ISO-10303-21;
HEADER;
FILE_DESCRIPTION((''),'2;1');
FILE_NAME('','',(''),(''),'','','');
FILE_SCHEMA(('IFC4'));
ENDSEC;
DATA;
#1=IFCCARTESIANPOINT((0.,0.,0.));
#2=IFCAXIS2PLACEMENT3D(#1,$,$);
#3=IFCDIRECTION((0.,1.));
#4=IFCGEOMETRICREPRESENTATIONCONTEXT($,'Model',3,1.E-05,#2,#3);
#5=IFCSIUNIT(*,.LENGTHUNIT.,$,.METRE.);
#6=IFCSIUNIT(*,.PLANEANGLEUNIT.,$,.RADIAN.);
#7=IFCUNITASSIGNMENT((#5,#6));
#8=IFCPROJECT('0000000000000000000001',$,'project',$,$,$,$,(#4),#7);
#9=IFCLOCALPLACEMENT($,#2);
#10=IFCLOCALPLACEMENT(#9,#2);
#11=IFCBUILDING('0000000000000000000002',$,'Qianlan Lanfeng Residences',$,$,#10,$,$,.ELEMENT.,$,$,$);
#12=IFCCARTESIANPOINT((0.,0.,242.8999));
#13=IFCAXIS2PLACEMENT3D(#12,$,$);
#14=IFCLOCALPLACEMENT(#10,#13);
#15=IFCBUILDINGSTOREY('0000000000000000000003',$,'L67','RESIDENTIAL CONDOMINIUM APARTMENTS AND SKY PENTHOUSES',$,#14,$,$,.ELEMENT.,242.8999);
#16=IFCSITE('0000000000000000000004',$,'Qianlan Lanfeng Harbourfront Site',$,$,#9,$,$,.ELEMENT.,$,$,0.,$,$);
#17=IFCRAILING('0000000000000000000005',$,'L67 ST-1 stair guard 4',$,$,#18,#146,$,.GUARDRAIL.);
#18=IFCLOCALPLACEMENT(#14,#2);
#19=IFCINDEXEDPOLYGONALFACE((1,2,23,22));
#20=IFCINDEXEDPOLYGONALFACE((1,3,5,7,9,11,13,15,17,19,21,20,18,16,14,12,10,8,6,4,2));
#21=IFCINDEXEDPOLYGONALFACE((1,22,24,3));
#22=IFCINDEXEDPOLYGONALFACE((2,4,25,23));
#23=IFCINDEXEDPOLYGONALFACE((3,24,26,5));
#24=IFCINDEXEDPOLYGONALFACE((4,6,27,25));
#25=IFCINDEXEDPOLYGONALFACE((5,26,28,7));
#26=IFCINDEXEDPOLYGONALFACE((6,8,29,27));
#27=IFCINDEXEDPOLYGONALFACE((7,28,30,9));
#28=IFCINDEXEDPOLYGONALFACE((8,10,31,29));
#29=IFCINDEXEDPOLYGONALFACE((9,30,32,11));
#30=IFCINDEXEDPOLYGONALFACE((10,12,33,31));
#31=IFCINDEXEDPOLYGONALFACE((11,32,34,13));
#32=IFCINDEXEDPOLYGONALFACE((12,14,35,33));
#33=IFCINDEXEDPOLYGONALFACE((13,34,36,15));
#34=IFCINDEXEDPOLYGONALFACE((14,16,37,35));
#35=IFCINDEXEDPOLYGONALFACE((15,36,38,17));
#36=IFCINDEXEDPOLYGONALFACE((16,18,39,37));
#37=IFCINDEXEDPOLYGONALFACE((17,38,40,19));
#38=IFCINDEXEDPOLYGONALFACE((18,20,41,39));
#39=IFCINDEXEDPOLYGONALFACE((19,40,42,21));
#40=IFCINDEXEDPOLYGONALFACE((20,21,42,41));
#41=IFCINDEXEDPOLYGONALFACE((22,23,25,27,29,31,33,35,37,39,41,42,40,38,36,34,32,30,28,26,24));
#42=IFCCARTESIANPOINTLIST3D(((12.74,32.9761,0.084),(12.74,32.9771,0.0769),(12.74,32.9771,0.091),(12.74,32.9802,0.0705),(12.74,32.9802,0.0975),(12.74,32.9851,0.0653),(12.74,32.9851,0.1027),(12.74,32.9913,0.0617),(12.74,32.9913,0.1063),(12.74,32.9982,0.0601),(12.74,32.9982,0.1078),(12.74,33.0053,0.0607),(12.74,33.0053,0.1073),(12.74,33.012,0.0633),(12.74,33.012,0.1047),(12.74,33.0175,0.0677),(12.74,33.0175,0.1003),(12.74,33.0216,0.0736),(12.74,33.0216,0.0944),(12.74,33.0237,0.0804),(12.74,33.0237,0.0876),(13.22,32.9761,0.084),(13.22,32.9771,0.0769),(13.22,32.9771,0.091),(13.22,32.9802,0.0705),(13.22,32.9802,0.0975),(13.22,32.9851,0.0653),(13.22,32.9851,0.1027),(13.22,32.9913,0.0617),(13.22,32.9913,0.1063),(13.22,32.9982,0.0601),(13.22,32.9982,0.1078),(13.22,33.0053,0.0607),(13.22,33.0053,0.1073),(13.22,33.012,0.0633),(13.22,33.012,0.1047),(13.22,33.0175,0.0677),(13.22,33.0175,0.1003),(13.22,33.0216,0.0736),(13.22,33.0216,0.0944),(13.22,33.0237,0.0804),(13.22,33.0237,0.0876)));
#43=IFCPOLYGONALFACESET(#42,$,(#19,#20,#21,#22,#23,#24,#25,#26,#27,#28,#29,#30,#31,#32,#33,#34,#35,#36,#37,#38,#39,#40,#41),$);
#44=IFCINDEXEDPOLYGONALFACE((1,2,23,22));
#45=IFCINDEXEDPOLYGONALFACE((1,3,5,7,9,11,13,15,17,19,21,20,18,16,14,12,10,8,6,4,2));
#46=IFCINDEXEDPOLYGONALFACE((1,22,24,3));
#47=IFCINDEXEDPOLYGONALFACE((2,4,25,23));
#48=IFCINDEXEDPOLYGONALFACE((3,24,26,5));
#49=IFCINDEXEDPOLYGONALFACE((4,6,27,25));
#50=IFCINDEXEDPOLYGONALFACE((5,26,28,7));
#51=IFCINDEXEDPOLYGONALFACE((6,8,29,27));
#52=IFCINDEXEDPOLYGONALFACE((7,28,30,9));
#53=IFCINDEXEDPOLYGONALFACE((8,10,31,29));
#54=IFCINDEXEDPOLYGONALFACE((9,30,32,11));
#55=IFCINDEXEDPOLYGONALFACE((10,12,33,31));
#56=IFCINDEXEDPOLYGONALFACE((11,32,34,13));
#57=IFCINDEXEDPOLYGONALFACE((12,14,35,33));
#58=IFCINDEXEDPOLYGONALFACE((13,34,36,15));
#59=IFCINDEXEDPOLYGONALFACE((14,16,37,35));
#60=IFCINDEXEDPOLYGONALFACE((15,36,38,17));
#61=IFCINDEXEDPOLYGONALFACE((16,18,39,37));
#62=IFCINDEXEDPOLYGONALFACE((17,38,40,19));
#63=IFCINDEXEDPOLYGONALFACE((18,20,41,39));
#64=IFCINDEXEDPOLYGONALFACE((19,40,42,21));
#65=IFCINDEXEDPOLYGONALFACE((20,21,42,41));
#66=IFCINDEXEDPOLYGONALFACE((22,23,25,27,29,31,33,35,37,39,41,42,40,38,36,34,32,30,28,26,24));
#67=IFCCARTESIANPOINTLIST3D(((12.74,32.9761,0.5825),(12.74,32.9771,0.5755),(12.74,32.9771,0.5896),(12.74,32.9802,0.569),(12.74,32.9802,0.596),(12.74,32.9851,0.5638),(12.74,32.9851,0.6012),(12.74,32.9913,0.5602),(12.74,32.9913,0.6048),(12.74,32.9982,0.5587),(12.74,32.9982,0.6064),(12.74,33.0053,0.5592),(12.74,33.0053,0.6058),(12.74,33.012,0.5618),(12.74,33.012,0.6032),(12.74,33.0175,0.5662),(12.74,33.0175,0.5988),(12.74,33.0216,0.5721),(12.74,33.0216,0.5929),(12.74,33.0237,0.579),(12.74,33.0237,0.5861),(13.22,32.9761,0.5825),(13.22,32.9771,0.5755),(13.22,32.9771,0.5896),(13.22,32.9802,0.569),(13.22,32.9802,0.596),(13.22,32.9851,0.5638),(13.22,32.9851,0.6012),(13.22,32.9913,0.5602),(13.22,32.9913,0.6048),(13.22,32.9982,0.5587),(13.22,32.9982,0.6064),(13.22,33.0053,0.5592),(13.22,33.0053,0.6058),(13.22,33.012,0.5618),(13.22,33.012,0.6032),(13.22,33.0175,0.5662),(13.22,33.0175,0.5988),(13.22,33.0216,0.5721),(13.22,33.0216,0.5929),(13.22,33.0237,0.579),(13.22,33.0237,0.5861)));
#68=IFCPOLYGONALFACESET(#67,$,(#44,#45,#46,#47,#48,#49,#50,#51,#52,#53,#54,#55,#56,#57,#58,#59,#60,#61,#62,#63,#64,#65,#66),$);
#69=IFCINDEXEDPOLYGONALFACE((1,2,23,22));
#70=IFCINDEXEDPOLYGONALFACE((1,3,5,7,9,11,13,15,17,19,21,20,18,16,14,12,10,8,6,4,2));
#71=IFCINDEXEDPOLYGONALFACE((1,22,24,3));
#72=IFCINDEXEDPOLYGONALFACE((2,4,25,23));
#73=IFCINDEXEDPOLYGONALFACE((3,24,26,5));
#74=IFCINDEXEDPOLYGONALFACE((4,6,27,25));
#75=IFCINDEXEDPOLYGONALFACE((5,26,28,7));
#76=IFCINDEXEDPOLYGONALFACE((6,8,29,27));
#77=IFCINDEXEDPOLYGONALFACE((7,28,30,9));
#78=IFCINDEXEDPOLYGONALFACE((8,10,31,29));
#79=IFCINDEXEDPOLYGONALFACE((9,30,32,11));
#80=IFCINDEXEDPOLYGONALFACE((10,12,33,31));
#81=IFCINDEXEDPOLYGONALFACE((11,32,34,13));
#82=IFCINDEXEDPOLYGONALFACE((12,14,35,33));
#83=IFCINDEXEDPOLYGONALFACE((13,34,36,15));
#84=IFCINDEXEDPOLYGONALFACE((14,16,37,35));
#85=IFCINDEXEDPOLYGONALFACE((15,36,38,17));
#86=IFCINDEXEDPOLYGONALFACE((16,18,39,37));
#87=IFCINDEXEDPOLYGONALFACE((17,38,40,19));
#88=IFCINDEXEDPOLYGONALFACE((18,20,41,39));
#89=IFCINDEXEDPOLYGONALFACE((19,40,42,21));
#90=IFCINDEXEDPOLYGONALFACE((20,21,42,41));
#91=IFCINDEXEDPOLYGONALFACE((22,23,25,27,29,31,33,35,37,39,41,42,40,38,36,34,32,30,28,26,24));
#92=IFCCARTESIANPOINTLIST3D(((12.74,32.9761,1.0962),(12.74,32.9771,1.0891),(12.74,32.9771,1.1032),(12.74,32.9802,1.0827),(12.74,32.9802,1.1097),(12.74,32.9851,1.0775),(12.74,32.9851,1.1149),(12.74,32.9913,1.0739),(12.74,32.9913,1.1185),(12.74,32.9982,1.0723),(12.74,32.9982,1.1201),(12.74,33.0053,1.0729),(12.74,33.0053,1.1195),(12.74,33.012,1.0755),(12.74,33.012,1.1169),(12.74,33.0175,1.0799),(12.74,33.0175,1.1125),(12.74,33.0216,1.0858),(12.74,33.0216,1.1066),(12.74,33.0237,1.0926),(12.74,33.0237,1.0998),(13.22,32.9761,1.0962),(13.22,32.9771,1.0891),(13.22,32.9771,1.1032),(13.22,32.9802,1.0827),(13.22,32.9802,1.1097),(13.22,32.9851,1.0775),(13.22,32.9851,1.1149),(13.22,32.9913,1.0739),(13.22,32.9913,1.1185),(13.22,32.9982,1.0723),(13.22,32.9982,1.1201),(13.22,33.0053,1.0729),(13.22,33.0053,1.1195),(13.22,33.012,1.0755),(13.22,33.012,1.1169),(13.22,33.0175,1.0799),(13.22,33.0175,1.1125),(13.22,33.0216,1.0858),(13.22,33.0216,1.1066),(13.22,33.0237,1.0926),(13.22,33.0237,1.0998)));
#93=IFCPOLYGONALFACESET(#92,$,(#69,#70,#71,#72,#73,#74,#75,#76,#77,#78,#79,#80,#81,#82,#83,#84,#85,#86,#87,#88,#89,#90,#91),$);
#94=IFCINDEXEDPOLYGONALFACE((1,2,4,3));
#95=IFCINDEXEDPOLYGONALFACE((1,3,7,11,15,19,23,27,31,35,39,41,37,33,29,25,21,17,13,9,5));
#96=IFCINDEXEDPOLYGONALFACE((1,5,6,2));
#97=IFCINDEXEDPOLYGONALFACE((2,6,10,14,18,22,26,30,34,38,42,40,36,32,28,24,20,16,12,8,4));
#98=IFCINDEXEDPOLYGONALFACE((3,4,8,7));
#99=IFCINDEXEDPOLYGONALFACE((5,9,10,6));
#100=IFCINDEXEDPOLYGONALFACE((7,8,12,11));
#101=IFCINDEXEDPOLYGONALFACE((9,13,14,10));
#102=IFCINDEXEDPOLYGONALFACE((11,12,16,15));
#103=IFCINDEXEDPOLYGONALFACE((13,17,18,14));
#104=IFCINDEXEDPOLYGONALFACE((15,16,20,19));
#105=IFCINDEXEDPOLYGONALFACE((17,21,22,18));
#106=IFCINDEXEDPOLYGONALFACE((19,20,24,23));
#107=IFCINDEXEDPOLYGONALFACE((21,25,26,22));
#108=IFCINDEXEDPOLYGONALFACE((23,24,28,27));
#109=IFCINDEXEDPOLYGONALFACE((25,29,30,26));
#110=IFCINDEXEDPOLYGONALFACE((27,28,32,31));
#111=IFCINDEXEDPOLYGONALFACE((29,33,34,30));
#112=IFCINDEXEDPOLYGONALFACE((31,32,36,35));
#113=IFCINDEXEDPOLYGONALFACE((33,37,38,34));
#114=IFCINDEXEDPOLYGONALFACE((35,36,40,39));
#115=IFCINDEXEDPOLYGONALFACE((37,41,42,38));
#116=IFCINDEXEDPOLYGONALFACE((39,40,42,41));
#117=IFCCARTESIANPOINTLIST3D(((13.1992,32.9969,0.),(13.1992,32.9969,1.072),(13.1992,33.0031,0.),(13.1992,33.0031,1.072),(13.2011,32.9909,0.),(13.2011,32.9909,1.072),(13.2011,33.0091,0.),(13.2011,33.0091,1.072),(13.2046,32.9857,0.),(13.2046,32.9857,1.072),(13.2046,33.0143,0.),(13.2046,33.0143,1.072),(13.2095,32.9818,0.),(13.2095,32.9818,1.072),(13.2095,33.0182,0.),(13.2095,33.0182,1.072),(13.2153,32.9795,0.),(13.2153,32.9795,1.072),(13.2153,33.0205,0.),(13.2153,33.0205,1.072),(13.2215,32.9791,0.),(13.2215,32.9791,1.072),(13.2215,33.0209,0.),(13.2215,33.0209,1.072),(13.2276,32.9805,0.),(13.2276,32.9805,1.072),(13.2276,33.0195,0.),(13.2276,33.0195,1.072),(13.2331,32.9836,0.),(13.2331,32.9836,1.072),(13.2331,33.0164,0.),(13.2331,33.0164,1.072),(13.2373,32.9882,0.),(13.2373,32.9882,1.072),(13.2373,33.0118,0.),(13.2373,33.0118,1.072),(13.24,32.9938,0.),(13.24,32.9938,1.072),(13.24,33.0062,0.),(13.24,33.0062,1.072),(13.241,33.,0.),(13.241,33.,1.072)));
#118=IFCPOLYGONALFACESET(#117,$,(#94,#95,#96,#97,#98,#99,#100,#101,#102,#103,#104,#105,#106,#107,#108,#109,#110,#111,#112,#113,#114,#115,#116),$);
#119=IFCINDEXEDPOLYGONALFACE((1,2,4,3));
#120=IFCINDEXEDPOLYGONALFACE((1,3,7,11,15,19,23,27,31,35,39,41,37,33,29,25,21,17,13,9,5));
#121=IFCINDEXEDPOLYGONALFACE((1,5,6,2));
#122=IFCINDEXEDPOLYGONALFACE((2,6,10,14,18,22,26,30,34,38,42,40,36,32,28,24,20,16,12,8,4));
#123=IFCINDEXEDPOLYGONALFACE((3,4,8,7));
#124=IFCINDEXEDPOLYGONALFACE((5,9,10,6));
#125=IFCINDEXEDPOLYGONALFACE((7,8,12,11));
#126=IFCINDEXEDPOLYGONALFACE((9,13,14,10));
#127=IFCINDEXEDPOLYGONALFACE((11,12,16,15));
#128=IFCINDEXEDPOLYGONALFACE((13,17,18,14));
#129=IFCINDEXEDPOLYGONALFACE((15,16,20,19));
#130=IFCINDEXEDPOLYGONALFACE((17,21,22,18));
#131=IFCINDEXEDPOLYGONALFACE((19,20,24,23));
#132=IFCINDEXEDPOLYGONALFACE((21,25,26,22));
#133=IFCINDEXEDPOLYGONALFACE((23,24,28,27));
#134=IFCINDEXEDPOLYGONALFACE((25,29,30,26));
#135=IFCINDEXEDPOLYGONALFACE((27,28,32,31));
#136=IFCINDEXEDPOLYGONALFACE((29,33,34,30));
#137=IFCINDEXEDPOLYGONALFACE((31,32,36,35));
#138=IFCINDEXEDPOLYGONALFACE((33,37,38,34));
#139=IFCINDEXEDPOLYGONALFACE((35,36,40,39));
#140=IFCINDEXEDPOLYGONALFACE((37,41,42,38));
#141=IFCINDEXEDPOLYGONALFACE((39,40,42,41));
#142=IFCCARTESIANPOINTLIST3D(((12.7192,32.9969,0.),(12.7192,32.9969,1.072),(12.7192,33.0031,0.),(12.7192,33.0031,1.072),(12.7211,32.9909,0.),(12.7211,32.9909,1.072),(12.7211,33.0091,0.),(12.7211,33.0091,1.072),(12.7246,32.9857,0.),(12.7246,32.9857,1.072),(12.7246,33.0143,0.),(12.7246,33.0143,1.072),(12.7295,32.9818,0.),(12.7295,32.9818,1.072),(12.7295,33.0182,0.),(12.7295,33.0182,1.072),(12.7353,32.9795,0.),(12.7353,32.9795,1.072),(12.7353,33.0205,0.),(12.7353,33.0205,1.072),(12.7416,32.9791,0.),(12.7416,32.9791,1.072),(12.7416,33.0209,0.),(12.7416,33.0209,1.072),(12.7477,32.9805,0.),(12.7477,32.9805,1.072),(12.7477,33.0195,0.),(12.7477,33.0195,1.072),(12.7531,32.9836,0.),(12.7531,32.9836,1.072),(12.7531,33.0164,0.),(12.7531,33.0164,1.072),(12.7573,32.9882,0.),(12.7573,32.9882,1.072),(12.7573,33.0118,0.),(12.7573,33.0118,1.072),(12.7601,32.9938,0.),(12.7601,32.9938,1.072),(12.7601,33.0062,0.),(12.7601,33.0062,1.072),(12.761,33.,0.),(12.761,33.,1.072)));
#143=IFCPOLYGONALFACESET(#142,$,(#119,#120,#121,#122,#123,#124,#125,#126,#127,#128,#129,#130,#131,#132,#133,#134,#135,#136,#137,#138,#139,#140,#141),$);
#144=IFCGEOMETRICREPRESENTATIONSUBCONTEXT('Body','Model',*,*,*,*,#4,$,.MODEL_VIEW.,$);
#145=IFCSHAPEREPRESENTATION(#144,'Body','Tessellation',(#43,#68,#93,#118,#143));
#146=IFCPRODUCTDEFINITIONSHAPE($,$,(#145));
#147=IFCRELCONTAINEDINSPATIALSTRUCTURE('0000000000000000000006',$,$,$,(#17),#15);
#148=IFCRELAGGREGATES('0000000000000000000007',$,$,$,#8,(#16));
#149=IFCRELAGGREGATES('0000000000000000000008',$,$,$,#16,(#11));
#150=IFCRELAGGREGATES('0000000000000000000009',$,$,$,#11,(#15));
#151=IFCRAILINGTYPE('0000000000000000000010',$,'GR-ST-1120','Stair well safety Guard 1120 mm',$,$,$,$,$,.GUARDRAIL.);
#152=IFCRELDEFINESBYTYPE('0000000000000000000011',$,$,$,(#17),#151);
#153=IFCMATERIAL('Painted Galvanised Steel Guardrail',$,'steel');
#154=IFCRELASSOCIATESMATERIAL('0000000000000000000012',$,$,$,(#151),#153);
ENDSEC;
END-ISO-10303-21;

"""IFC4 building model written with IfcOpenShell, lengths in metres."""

from ifc_helpers import new_model, si_unit, direction, frame, origin, origin_2d, place, context, subcontext, project, spatial, circle, extrude, material, type_object, element, save


model = new_model("IFC4")

# Units and contexts
model_context = context("Model", 3, precision=1e-05, world=origin(), true_north=direction((0.0, 1.0)))
body_context = subcontext(model_context, "Body", "Model", "MODEL_VIEW")
ifc_project = project(units=[si_unit("LENGTHUNIT", "METRE"), si_unit("PLANEANGLEUNIT", "RADIAN")], contexts=[model_context])

# Site, building, storey
site_placement = place(None, origin())
site = spatial("IfcSite", under=ifc_project, at=site_placement, Name="Qianlan Lanfeng Harbourfront Site", CompositionType="ELEMENT", RefElevation=0.0)
building_placement = place(site_placement, origin())
building = spatial("IfcBuilding", under=site, at=building_placement, Name="Qianlan Lanfeng Residences", CompositionType="ELEMENT")
storey_placement = place(building_placement, frame((0.0, 0.0, 242.8999)))
storey = spatial("IfcBuildingStorey", under=building, at=storey_placement, Name="L67", Description="RESIDENTIAL CONDOMINIUM APARTMENTS AND SKY PENTHOUSES", CompositionType="ELEMENT", Elevation=242.8999)

# Railing
ifc_material_1 = material(Name="Painted Galvanised Steel Guardrail", Category="steel")
railing_type_1 = type_object("IfcRailingType", Name="GR-ST-1120", Description="Stair well safety Guard 1120 mm", PredefinedType="GUARDRAIL", material=ifc_material_1)
railing_1_placement = place(storey_placement, frame((13.22, 33.0, 0.0)))
element("IfcRailing", 1, at=railing_1_placement, inside=storey, type_object=railing_type_1, Name="L67 ST-1 stair guard 4", PredefinedType="GUARDRAIL", context=body_context, shape_type="SweptSolid", body=[
    extrude(circle(Radius=0.0239, at=origin_2d()), frame((0.0, 0.0, 0.084), z_axis=(-1.0, 0.0, 0.0), x_axis=(0.0, -1.0, 0.0)), (0.0, 0.0, 1.0), 0.48),
    extrude(circle(Radius=0.0239, at=origin_2d()), frame((0.0, 0.0, 0.5825), z_axis=(-1.0, 0.0, 0.0), x_axis=(0.0, -1.0, 0.0)), (0.0, 0.0, 1.0), 0.48),
    extrude(circle(Radius=0.0239, at=origin_2d()), frame((0.0, 0.0, 1.0962), z_axis=(-1.0, 0.0, 0.0), x_axis=(0.0, -1.0, 0.0)), (0.0, 0.0, 1.0), 0.48),
    extrude(circle(Radius=0.021, at=origin_2d()), origin(), (0.0, 0.0, 1.0), 1.072),
    extrude(circle(Radius=0.021, at=origin_2d()), frame((-0.48, 0.0, 0.0)), (0.0, 0.0, 1.0), 1.072),
])

save(model, "model.ifc")
